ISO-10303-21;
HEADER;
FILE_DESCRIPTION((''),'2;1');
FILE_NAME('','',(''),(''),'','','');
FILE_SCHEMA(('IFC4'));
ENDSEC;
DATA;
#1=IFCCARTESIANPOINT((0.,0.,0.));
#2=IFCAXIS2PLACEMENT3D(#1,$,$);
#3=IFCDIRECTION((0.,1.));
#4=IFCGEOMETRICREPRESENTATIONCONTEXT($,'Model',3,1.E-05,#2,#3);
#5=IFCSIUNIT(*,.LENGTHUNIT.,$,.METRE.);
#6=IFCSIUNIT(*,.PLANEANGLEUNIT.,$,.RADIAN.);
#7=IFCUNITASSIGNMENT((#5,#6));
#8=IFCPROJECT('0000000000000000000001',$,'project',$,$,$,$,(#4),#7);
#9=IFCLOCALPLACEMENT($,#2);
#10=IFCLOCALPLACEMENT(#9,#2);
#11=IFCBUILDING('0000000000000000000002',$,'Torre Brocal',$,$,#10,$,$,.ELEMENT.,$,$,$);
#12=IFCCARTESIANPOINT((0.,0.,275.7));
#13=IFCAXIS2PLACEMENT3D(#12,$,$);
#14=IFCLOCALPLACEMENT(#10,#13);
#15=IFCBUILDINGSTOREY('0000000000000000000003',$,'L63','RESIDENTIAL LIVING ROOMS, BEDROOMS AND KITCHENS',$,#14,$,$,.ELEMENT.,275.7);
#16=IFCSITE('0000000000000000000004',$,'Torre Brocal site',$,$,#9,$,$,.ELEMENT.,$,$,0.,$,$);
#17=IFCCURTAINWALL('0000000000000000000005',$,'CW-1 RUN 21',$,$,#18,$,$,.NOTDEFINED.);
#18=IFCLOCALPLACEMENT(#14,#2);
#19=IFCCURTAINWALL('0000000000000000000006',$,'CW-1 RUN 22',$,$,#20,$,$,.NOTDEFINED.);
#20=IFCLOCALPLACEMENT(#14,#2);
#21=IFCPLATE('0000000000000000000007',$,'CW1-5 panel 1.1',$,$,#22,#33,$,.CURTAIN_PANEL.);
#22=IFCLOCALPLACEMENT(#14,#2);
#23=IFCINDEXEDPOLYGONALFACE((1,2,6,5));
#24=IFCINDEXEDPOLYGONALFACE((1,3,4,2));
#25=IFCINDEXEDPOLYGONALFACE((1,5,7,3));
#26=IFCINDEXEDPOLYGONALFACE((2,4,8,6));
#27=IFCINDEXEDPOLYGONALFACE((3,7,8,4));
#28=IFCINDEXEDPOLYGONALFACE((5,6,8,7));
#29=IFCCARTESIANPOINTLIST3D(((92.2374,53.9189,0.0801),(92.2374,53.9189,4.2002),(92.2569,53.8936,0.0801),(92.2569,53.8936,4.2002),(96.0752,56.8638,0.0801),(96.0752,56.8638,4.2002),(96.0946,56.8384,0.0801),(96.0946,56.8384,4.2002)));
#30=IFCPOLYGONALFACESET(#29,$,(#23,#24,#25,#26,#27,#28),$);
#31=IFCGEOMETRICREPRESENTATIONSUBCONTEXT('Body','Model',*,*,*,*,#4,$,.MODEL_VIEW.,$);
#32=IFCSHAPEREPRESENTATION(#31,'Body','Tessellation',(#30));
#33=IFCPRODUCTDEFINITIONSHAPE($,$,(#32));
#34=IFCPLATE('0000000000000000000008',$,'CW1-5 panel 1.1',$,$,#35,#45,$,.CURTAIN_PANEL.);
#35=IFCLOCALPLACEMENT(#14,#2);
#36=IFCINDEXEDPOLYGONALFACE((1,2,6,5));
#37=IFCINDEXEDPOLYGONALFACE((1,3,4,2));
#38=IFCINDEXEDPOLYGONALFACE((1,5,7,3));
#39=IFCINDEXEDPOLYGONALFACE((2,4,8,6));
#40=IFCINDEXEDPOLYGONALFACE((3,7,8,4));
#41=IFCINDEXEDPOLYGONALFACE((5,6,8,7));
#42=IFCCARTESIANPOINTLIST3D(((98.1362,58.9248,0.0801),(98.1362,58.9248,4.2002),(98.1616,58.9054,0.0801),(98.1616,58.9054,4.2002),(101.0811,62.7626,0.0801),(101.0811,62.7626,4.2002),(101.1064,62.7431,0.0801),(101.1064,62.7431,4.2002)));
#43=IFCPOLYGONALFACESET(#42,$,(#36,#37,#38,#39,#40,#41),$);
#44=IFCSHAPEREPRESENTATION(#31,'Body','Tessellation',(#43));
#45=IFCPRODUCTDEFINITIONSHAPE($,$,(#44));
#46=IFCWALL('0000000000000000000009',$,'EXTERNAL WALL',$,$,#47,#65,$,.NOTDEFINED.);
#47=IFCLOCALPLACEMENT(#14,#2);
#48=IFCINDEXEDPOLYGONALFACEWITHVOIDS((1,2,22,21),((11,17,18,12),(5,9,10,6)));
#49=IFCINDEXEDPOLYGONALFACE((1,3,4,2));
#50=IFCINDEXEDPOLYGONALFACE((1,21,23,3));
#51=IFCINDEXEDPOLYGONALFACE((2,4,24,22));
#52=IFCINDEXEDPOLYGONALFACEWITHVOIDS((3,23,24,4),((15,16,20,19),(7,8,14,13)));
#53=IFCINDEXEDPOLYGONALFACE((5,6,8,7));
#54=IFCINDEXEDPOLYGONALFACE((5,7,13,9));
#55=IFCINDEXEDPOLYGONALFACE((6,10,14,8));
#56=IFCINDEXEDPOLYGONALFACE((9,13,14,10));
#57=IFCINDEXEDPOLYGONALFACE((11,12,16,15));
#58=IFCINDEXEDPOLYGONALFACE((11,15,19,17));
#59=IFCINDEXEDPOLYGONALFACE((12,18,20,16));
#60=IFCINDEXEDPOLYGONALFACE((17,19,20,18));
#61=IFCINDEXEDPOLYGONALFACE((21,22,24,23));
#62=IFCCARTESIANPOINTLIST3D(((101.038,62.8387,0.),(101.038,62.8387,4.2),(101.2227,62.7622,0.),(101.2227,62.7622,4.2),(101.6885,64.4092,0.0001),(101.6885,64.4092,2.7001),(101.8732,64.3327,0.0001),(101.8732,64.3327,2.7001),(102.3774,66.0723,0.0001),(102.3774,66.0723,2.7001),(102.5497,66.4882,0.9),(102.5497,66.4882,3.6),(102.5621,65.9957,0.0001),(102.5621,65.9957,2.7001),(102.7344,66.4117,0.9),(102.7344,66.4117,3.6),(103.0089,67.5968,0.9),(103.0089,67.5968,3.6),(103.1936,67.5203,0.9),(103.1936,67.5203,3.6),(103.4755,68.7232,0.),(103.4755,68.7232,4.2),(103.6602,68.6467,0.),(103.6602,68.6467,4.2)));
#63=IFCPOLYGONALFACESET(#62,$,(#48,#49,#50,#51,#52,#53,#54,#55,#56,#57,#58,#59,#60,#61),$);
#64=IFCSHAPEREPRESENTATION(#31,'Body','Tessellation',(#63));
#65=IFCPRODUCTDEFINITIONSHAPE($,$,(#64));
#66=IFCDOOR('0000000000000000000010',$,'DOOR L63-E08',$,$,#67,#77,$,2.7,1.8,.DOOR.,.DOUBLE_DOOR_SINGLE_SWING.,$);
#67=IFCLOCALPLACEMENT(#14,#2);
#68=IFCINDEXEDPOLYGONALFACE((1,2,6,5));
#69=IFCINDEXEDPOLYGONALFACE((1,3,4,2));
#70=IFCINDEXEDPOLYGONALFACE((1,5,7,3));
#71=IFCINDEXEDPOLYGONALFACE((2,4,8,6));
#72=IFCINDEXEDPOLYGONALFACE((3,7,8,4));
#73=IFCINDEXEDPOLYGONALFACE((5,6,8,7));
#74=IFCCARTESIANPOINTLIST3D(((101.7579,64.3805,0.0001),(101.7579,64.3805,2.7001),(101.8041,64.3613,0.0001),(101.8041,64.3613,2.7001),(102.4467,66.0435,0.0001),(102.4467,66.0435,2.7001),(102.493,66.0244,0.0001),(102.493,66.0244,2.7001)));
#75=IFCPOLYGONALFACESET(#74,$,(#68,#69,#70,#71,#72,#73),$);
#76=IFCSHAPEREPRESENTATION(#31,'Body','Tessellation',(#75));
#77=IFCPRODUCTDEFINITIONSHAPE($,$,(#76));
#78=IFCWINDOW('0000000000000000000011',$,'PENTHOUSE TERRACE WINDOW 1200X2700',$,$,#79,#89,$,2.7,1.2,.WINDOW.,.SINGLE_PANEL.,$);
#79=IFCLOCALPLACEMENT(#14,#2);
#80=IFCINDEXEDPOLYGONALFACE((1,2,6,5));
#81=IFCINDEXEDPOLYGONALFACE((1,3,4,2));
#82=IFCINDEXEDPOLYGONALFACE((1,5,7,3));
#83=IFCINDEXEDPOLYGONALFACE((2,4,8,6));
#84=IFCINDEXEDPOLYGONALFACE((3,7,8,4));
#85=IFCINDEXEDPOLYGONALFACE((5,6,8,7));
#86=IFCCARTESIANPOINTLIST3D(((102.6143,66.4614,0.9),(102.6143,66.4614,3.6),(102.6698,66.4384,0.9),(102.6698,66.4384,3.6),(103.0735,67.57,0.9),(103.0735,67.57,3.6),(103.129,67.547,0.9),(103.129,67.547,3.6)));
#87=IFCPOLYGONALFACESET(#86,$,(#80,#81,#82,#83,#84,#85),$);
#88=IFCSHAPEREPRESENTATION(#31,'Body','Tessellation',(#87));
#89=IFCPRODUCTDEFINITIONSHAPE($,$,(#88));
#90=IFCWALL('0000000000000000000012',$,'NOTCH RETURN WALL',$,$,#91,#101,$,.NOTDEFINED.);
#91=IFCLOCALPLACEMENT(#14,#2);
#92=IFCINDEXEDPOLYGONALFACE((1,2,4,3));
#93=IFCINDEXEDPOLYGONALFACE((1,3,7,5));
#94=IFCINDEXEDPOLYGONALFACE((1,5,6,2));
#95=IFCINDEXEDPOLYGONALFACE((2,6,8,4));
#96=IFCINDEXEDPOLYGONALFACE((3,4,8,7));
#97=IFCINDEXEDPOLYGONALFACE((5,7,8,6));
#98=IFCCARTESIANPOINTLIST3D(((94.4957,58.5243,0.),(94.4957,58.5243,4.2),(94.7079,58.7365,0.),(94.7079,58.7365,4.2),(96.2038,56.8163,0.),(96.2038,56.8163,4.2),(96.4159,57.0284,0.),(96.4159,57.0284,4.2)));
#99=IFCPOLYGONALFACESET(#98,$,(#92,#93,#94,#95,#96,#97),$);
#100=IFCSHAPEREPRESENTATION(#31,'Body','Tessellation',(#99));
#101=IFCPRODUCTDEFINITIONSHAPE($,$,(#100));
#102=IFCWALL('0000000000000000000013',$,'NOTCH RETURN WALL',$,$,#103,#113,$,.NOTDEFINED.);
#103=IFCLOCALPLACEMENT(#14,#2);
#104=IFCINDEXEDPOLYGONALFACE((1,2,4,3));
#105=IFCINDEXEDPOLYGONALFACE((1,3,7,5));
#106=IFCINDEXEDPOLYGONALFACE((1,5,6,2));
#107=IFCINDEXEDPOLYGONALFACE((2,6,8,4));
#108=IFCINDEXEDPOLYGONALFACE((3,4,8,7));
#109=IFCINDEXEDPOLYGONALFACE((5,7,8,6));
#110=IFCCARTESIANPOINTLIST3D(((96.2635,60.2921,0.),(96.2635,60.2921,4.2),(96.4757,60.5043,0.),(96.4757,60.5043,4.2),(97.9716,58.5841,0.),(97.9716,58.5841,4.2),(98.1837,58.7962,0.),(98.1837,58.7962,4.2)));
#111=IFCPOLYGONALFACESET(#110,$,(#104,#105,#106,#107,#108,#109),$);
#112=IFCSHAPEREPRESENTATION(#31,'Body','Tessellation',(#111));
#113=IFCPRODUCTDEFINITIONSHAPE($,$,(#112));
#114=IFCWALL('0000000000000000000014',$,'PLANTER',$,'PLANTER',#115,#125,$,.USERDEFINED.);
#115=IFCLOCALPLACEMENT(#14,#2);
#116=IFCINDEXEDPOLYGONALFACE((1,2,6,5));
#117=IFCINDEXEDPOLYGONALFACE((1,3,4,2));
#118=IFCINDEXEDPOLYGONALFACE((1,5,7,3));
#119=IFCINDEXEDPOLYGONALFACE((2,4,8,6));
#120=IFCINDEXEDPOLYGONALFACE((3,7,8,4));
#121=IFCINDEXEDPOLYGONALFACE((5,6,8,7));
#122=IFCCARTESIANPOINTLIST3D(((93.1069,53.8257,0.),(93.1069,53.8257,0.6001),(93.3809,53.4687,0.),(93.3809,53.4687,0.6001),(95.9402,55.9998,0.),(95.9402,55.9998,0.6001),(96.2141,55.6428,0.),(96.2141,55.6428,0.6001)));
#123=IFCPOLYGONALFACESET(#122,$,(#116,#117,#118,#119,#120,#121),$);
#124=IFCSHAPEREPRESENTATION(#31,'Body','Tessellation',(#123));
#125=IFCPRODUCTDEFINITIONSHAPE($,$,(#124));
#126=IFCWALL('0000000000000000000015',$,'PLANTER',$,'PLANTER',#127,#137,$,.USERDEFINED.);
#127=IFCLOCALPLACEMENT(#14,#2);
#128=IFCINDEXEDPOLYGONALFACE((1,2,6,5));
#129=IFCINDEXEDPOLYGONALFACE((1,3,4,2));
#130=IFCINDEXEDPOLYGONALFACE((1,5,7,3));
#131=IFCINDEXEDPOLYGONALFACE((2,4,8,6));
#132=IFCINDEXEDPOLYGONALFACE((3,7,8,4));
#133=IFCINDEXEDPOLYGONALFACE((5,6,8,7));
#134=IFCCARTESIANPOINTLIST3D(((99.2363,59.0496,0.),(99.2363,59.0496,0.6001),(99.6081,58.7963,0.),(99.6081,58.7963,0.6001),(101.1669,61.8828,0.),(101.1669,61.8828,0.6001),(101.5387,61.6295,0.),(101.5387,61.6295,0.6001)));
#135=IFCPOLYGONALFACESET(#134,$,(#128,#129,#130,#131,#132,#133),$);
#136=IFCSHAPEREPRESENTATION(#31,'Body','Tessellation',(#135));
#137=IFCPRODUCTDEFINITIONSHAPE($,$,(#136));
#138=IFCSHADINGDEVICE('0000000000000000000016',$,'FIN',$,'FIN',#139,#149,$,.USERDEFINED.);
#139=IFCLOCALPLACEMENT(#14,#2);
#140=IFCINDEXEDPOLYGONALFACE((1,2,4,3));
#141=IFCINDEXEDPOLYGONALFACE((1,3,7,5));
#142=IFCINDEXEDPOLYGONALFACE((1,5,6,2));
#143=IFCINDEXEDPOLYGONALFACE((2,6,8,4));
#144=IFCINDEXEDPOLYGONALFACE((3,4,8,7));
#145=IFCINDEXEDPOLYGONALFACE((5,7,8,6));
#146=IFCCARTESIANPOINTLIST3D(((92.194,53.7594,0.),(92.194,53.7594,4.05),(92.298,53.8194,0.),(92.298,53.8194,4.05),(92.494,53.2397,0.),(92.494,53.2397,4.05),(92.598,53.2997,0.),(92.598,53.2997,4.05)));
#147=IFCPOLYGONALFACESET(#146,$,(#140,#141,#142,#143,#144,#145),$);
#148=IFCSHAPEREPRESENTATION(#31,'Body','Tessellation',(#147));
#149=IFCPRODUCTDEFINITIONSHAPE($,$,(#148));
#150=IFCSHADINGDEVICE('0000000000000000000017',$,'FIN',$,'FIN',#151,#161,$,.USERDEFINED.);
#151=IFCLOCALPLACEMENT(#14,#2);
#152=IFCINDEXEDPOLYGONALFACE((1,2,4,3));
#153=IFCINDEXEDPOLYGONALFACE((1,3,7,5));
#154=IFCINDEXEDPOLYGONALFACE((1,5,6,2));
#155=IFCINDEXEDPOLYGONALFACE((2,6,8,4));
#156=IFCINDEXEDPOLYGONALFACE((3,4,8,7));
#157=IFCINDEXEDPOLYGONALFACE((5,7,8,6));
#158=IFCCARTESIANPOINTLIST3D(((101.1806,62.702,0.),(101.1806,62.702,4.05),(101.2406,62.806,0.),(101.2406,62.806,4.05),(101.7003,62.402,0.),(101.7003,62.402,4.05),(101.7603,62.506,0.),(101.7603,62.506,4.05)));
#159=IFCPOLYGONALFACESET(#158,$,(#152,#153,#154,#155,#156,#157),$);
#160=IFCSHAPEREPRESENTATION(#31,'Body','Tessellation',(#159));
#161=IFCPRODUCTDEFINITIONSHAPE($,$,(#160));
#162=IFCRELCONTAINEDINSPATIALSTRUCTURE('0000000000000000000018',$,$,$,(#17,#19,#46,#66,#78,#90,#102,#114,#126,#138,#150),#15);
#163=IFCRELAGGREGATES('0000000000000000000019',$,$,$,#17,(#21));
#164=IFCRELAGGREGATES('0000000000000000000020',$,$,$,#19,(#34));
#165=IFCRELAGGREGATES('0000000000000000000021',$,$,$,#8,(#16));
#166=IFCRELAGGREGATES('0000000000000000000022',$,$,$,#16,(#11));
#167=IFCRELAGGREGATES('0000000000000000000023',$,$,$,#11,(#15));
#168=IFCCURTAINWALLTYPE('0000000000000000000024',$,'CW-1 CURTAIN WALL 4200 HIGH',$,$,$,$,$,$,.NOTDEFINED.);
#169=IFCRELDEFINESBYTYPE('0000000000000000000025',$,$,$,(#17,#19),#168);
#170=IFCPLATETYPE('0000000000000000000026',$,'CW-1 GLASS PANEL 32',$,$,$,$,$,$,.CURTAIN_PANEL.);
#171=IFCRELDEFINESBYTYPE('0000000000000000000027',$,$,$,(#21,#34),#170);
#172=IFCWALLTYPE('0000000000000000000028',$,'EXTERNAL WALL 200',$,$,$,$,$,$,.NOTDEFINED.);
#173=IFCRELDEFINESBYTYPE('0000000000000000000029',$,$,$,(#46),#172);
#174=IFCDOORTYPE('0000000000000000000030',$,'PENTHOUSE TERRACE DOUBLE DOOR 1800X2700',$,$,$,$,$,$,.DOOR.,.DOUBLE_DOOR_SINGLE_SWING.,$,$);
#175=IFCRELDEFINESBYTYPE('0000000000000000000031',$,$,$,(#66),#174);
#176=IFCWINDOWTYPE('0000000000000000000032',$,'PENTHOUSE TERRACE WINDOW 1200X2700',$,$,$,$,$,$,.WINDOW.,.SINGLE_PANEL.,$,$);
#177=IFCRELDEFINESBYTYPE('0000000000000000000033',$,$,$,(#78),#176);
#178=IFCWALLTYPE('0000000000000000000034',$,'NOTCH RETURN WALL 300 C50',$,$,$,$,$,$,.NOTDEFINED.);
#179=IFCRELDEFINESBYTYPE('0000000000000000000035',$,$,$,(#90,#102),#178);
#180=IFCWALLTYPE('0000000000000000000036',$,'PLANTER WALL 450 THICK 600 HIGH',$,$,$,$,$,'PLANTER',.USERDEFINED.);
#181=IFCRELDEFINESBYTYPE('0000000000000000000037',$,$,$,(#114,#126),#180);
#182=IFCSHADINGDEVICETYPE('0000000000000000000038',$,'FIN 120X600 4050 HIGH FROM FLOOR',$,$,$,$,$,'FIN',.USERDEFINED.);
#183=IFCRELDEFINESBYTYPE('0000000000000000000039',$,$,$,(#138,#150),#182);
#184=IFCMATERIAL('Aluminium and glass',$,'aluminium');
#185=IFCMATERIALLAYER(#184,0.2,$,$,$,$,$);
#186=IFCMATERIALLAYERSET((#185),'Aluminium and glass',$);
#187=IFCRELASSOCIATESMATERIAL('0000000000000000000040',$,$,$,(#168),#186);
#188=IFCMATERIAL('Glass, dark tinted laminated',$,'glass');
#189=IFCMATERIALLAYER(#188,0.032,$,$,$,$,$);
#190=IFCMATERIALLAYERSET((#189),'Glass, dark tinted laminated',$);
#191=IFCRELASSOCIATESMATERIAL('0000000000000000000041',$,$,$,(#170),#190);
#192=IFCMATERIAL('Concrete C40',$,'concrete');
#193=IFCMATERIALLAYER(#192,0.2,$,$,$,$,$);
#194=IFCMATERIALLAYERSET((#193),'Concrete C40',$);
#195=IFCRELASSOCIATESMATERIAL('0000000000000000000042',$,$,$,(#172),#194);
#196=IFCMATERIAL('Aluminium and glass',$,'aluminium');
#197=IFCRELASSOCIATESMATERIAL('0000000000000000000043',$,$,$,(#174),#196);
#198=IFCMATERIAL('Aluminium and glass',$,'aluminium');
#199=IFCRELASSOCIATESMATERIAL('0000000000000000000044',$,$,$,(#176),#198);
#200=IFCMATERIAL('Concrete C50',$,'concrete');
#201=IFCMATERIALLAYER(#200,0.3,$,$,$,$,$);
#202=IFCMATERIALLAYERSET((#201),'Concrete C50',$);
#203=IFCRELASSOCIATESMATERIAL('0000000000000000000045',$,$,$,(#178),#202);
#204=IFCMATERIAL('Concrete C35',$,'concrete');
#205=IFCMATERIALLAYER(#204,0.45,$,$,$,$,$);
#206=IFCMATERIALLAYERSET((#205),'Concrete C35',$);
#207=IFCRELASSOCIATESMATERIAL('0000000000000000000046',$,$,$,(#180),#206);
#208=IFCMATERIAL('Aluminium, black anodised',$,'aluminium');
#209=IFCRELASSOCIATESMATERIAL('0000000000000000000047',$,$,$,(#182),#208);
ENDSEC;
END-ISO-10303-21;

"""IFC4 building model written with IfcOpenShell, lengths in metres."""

from ifc_helpers import new_model, si_unit, direction, frame, frame_2d, origin, origin_2d, place, context, subcontext, project, spatial, rectangle, extrude, material, layer, layer_set, material_profile, profile_set, type_object, element, fill, aggregate, save


model = new_model("IFC4")

# Units and contexts
model_context = context("Model", 3, precision=1e-05, world=origin(), true_north=direction((0.0, 1.0)))
body_context = subcontext(model_context, "Body", "Model", "MODEL_VIEW")
ifc_project = project(units=[si_unit("LENGTHUNIT", "METRE"), si_unit("PLANEANGLEUNIT", "RADIAN")], contexts=[model_context])

# Site, building, storey
site_placement = place(None, origin())
site = spatial("IfcSite", under=ifc_project, at=site_placement, Name="Torre Brocal site", CompositionType="ELEMENT", RefElevation=0.0)
building_placement = place(site_placement, origin())
building = spatial("IfcBuilding", under=site, at=building_placement, Name="Torre Brocal", CompositionType="ELEMENT")
storey_placement = place(building_placement, frame((0.0, 0.0, 275.7)))
storey = spatial("IfcBuildingStorey", under=building, at=storey_placement, Name="L63", Description="RESIDENTIAL LIVING ROOMS, BEDROOMS AND KITCHENS", CompositionType="ELEMENT", Elevation=275.7)

# Curtain walls
ifc_material_1 = material(Name="Aluminium and glass", Category="aluminium")
ifc_layer_1 = layer(ifc_material_1, 0.2)
ifc_layer_set_1 = layer_set([ifc_layer_1], Name="Aluminium and glass")
curtain_wall_type = type_object("IfcCurtainWallType", Name="CW-1 CURTAIN WALL 4200 HIGH", PredefinedType="NOTDEFINED", material=ifc_layer_set_1)
curtain_wall_1_placement = place(storey_placement, origin())
curtain_wall_1 = element("IfcCurtainWall", 1, at=curtain_wall_1_placement, inside=storey, type_object=curtain_wall_type, Name="CW-1 RUN 21", PredefinedType="NOTDEFINED")
curtain_wall_2_placement = place(storey_placement, origin())
curtain_wall_2 = element("IfcCurtainWall", 2, at=curtain_wall_2_placement, inside=storey, type_object=curtain_wall_type, Name="CW-1 RUN 22", PredefinedType="NOTDEFINED")

# Plates
ifc_material_2 = material(Name="Glass, dark tinted laminated", Category="glass")
ifc_layer_2 = layer(ifc_material_2, 0.032)
ifc_layer_set_2 = layer_set([ifc_layer_2], Name="Glass, dark tinted laminated")
plate_type = type_object("IfcPlateType", Name="CW-1 GLASS PANEL 32", PredefinedType="CURTAIN_PANEL", material=ifc_layer_set_2)
plate_1_placement = place(storey_placement, frame((94.166, 55.3787, 0.0801), z_axis=(0.0, 0.0, 1.0), x_axis=(0.793353, 0.608761, 0.0)))
plate_1 = element("IfcPlate", 3, at=plate_1_placement, type_object=plate_type, Name="CW1-5 panel 1.1", PredefinedType="CURTAIN_PANEL", context=body_context, shape_type="SweptSolid", body=[
    extrude(rectangle(XDim=4.8374, YDim=0.032, at=origin_2d()), origin(), (0.0, 0.0, 1.0), 4.1201),
])
aggregate(curtain_wall_1, [plate_1])
plate_2_placement = place(storey_placement, frame((99.6213, 60.834, 0.0801), z_axis=(0.0, 0.0, 1.0), x_axis=(0.608761, 0.793353, 0.0)))
plate_2 = element("IfcPlate", 4, at=plate_2_placement, type_object=plate_type, Name="CW1-5 panel 1.1", PredefinedType="CURTAIN_PANEL", context=body_context, shape_type="SweptSolid", body=[
    extrude(rectangle(XDim=4.8374, YDim=0.032, at=origin_2d()), origin(), (0.0, 0.0, 1.0), 4.1201),
])
aggregate(curtain_wall_2, [plate_2])

# Wall, openings, door, window
ifc_material_3 = material(Name="Concrete C40", Category="concrete")
ifc_layer_3 = layer(ifc_material_3, 0.2)
ifc_layer_set_3 = layer_set([ifc_layer_3], Name="Concrete C40")
wall_type_1 = type_object("IfcWallType", Name="EXTERNAL WALL 200", PredefinedType="NOTDEFINED", material=ifc_layer_set_3)
wall_1_placement = place(storey_placement, frame((101.1304, 62.8005, 0.0), z_axis=(0.0, 0.0, 1.0), x_axis=(0.38269, 0.923877, 0.0)))
wall_1 = element("IfcWall", 5, at=wall_1_placement, inside=storey, type_object=wall_type_1, Name="EXTERNAL WALL", PredefinedType="NOTDEFINED", context=body_context, shape_type="SweptSolid", body=[
    extrude(rectangle(XDim=6.3694, YDim=0.2, at=frame_2d((3.1846, 0.0))), origin(), (0.0, 0.0, 1.0), 4.2),
])
opening_1_placement = place(wall_1_placement, frame((1.7, 0.0, 0.0)))
opening_1 = element("IfcOpeningElement", 6, at=opening_1_placement, cuts=wall_1, PredefinedType="OPENING", context=body_context, shape_type="SweptSolid", body=[
    extrude(rectangle(XDim=1.8, YDim=2.7, at=frame_2d((0.8999, 1.3501))), frame((0.0, 0.1099, 0.0), z_axis=(0.0, -1.0, 0.0), x_axis=(1.0, 0.0, 0.0)), (0.0, 0.0, 1.0), 0.22),
])
opening_2_placement = place(wall_1_placement, frame((3.95, 0.0, 0.8999)))
opening_2 = element("IfcOpeningElement", 7, at=opening_2_placement, cuts=wall_1, PredefinedType="OPENING", context=body_context, shape_type="SweptSolid", body=[
    extrude(rectangle(XDim=1.2, YDim=2.7, at=frame_2d((0.6001, 1.3501))), frame((0.0, 0.1099, 0.0), z_axis=(0.0, -1.0, 0.0), x_axis=(1.0, 0.0, 0.0)), (0.0, 0.0, 1.0), 0.22),
])
ifc_material_4 = material(Name="Aluminium and glass", Category="aluminium")
door_type = type_object("IfcDoorType", Name="PENTHOUSE TERRACE DOUBLE DOOR 1800X2700", OperationType="DOUBLE_DOOR_SINGLE_SWING", PredefinedType="DOOR", material=ifc_material_4)
door_placement = place(opening_1_placement, origin())
door = element("IfcDoor", 8, at=door_placement, inside=storey, type_object=door_type, Name="DOOR L63-E08", OperationType="DOUBLE_DOOR_SINGLE_SWING", OverallHeight=2.7, OverallWidth=1.8, PredefinedType="DOOR", context=body_context, shape_type="SweptSolid", body=[
    extrude(rectangle(XDim=1.8, YDim=2.7, at=frame_2d((0.8999, 1.3501))), frame((0.0, 0.0249, 0.0), z_axis=(0.0, -1.0, 0.0), x_axis=(1.0, 0.0, 0.0)), (0.0, 0.0, 1.0), 0.05),
])
fill(opening_1, door)
ifc_material_5 = material(Name="Aluminium and glass", Category="aluminium")
window_type = type_object("IfcWindowType", Name="PENTHOUSE TERRACE WINDOW 1200X2700", PartitioningType="SINGLE_PANEL", PredefinedType="WINDOW", material=ifc_material_5)
window_placement = place(opening_2_placement, origin())
window = element("IfcWindow", 9, at=window_placement, inside=storey, type_object=window_type, Name="PENTHOUSE TERRACE WINDOW 1200X2700", OverallHeight=2.7, OverallWidth=1.2, PartitioningType="SINGLE_PANEL", PredefinedType="WINDOW", context=body_context, shape_type="SweptSolid", body=[
    extrude(rectangle(XDim=1.2, YDim=2.7, at=frame_2d((0.6001, 1.3501))), frame((0.0, 0.03, 0.0), z_axis=(0.0, -1.0, 0.0), x_axis=(1.0, 0.0, 0.0)), (0.0, 0.0, 1.0), 0.0601),
])
fill(opening_2, window)

# Walls
ifc_material_6 = material(Name="Concrete C50", Category="concrete")
ifc_layer_4 = layer(ifc_material_6, 0.3)
ifc_layer_set_4 = layer_set([ifc_layer_4], Name="Concrete C50")
wall_type_2 = type_object("IfcWallType", Name="NOTCH RETURN WALL 300 C50", PredefinedType="NOTDEFINED", material=ifc_layer_set_4)
for number, where, z_axis, x_axis, name in (
    (10, (94.6018, 58.6304, 0.0), (0.0, 0.0, 1.0), (0.707107, -0.707107, 0.0), "NOTCH RETURN WALL"),
    (11, (96.3696, 60.3982, 0.0), (0.0, 0.0, 1.0), (0.707107, -0.707107, 0.0), "NOTCH RETURN WALL"),
):
    element("IfcWall", number, at=place(storey_placement, frame(where, z_axis=z_axis, x_axis=x_axis)), inside=storey, type_object=wall_type_2, Name=name, PredefinedType="NOTDEFINED", context=body_context, shape_type="SweptSolid", body=[
        extrude(rectangle(XDim=2.4155, YDim=0.3, at=frame_2d((1.2078, 0.0))), origin(), (0.0, 0.0, 1.0), 4.2),
    ])
ifc_material_7 = material(Name="Concrete C35", Category="concrete")
ifc_layer_5 = layer(ifc_material_7, 0.45)
ifc_layer_set_5 = layer_set([ifc_layer_5], Name="Concrete C35")
wall_type_3 = type_object("IfcWallType", Name="PLANTER WALL 450 THICK 600 HIGH", ElementType="PLANTER", PredefinedType="USERDEFINED", material=ifc_layer_set_5)
wall_2_placement = place(storey_placement, frame((93.2439, 53.6472, 0.0), z_axis=(0.0, 0.0, 1.0), x_axis=(0.793348, 0.608769, 0.0)))
element("IfcWall", 12, at=wall_2_placement, inside=storey, type_object=wall_type_3, Name="PLANTER", ObjectType="PLANTER", PredefinedType="USERDEFINED", context=body_context, shape_type="SweptSolid", body=[
    extrude(rectangle(XDim=3.5713, YDim=0.45, at=frame_2d((1.7856, 0.0))), origin(), (0.0, 0.0, 1.0), 0.6001),
])
wall_3_placement = place(storey_placement, frame((99.4221, 58.9229, 0.0), z_axis=(0.0, 0.0, 1.0), x_axis=(0.563118, 0.826376, 0.0)))
element("IfcWall", 13, at=wall_3_placement, inside=storey, type_object=wall_type_3, Name="PLANTER", ObjectType="PLANTER", PredefinedType="USERDEFINED", context=body_context, shape_type="SweptSolid", body=[
    extrude(rectangle(XDim=3.4285, YDim=0.45, at=frame_2d((1.7144, 0.0))), origin(), (0.0, 0.0, 1.0), 0.6001),
])

# Shading devices
ifc_material_8 = material(Name="Aluminium, black anodised", Category="aluminium")
ifc_material_profile_1 = material_profile(ifc_material_8, rectangle(XDim=0.1201, YDim=0.6001, at=origin_2d()), Name="FIN 120X600 4050 HIGH FROM FLOOR")
ifc_profile_set_1 = profile_set([ifc_material_profile_1], Name="Aluminium, black anodised")
shading_device_type = type_object("IfcShadingDeviceType", Name="FIN 120X600 4050 HIGH FROM FLOOR", ElementType="FIN", PredefinedType="USERDEFINED", material=ifc_profile_set_1)
for number, where, z_axis, x_axis, name in (
    (14, (92.396, 53.5295, 0.0), (0.0, 0.0, 1.0), (0.866025, 0.5, 0.0), "FIN"),
    (15, (101.4705, 62.604, 0.0), (0.0, 0.0, 1.0), (0.5, 0.866025, 0.0), "FIN"),
):
    element("IfcShadingDevice", number, at=place(storey_placement, frame(where, z_axis=z_axis, x_axis=x_axis)), inside=storey, type_object=shading_device_type, Name=name, ObjectType="FIN", PredefinedType="USERDEFINED", context=body_context, shape_type="SweptSolid", body=[
        extrude(rectangle(XDim=0.1201, YDim=0.6001, at=origin_2d()), origin(), (0.0, 0.0, 1.0), 4.05),
    ])

save(model, "model.ifc")
